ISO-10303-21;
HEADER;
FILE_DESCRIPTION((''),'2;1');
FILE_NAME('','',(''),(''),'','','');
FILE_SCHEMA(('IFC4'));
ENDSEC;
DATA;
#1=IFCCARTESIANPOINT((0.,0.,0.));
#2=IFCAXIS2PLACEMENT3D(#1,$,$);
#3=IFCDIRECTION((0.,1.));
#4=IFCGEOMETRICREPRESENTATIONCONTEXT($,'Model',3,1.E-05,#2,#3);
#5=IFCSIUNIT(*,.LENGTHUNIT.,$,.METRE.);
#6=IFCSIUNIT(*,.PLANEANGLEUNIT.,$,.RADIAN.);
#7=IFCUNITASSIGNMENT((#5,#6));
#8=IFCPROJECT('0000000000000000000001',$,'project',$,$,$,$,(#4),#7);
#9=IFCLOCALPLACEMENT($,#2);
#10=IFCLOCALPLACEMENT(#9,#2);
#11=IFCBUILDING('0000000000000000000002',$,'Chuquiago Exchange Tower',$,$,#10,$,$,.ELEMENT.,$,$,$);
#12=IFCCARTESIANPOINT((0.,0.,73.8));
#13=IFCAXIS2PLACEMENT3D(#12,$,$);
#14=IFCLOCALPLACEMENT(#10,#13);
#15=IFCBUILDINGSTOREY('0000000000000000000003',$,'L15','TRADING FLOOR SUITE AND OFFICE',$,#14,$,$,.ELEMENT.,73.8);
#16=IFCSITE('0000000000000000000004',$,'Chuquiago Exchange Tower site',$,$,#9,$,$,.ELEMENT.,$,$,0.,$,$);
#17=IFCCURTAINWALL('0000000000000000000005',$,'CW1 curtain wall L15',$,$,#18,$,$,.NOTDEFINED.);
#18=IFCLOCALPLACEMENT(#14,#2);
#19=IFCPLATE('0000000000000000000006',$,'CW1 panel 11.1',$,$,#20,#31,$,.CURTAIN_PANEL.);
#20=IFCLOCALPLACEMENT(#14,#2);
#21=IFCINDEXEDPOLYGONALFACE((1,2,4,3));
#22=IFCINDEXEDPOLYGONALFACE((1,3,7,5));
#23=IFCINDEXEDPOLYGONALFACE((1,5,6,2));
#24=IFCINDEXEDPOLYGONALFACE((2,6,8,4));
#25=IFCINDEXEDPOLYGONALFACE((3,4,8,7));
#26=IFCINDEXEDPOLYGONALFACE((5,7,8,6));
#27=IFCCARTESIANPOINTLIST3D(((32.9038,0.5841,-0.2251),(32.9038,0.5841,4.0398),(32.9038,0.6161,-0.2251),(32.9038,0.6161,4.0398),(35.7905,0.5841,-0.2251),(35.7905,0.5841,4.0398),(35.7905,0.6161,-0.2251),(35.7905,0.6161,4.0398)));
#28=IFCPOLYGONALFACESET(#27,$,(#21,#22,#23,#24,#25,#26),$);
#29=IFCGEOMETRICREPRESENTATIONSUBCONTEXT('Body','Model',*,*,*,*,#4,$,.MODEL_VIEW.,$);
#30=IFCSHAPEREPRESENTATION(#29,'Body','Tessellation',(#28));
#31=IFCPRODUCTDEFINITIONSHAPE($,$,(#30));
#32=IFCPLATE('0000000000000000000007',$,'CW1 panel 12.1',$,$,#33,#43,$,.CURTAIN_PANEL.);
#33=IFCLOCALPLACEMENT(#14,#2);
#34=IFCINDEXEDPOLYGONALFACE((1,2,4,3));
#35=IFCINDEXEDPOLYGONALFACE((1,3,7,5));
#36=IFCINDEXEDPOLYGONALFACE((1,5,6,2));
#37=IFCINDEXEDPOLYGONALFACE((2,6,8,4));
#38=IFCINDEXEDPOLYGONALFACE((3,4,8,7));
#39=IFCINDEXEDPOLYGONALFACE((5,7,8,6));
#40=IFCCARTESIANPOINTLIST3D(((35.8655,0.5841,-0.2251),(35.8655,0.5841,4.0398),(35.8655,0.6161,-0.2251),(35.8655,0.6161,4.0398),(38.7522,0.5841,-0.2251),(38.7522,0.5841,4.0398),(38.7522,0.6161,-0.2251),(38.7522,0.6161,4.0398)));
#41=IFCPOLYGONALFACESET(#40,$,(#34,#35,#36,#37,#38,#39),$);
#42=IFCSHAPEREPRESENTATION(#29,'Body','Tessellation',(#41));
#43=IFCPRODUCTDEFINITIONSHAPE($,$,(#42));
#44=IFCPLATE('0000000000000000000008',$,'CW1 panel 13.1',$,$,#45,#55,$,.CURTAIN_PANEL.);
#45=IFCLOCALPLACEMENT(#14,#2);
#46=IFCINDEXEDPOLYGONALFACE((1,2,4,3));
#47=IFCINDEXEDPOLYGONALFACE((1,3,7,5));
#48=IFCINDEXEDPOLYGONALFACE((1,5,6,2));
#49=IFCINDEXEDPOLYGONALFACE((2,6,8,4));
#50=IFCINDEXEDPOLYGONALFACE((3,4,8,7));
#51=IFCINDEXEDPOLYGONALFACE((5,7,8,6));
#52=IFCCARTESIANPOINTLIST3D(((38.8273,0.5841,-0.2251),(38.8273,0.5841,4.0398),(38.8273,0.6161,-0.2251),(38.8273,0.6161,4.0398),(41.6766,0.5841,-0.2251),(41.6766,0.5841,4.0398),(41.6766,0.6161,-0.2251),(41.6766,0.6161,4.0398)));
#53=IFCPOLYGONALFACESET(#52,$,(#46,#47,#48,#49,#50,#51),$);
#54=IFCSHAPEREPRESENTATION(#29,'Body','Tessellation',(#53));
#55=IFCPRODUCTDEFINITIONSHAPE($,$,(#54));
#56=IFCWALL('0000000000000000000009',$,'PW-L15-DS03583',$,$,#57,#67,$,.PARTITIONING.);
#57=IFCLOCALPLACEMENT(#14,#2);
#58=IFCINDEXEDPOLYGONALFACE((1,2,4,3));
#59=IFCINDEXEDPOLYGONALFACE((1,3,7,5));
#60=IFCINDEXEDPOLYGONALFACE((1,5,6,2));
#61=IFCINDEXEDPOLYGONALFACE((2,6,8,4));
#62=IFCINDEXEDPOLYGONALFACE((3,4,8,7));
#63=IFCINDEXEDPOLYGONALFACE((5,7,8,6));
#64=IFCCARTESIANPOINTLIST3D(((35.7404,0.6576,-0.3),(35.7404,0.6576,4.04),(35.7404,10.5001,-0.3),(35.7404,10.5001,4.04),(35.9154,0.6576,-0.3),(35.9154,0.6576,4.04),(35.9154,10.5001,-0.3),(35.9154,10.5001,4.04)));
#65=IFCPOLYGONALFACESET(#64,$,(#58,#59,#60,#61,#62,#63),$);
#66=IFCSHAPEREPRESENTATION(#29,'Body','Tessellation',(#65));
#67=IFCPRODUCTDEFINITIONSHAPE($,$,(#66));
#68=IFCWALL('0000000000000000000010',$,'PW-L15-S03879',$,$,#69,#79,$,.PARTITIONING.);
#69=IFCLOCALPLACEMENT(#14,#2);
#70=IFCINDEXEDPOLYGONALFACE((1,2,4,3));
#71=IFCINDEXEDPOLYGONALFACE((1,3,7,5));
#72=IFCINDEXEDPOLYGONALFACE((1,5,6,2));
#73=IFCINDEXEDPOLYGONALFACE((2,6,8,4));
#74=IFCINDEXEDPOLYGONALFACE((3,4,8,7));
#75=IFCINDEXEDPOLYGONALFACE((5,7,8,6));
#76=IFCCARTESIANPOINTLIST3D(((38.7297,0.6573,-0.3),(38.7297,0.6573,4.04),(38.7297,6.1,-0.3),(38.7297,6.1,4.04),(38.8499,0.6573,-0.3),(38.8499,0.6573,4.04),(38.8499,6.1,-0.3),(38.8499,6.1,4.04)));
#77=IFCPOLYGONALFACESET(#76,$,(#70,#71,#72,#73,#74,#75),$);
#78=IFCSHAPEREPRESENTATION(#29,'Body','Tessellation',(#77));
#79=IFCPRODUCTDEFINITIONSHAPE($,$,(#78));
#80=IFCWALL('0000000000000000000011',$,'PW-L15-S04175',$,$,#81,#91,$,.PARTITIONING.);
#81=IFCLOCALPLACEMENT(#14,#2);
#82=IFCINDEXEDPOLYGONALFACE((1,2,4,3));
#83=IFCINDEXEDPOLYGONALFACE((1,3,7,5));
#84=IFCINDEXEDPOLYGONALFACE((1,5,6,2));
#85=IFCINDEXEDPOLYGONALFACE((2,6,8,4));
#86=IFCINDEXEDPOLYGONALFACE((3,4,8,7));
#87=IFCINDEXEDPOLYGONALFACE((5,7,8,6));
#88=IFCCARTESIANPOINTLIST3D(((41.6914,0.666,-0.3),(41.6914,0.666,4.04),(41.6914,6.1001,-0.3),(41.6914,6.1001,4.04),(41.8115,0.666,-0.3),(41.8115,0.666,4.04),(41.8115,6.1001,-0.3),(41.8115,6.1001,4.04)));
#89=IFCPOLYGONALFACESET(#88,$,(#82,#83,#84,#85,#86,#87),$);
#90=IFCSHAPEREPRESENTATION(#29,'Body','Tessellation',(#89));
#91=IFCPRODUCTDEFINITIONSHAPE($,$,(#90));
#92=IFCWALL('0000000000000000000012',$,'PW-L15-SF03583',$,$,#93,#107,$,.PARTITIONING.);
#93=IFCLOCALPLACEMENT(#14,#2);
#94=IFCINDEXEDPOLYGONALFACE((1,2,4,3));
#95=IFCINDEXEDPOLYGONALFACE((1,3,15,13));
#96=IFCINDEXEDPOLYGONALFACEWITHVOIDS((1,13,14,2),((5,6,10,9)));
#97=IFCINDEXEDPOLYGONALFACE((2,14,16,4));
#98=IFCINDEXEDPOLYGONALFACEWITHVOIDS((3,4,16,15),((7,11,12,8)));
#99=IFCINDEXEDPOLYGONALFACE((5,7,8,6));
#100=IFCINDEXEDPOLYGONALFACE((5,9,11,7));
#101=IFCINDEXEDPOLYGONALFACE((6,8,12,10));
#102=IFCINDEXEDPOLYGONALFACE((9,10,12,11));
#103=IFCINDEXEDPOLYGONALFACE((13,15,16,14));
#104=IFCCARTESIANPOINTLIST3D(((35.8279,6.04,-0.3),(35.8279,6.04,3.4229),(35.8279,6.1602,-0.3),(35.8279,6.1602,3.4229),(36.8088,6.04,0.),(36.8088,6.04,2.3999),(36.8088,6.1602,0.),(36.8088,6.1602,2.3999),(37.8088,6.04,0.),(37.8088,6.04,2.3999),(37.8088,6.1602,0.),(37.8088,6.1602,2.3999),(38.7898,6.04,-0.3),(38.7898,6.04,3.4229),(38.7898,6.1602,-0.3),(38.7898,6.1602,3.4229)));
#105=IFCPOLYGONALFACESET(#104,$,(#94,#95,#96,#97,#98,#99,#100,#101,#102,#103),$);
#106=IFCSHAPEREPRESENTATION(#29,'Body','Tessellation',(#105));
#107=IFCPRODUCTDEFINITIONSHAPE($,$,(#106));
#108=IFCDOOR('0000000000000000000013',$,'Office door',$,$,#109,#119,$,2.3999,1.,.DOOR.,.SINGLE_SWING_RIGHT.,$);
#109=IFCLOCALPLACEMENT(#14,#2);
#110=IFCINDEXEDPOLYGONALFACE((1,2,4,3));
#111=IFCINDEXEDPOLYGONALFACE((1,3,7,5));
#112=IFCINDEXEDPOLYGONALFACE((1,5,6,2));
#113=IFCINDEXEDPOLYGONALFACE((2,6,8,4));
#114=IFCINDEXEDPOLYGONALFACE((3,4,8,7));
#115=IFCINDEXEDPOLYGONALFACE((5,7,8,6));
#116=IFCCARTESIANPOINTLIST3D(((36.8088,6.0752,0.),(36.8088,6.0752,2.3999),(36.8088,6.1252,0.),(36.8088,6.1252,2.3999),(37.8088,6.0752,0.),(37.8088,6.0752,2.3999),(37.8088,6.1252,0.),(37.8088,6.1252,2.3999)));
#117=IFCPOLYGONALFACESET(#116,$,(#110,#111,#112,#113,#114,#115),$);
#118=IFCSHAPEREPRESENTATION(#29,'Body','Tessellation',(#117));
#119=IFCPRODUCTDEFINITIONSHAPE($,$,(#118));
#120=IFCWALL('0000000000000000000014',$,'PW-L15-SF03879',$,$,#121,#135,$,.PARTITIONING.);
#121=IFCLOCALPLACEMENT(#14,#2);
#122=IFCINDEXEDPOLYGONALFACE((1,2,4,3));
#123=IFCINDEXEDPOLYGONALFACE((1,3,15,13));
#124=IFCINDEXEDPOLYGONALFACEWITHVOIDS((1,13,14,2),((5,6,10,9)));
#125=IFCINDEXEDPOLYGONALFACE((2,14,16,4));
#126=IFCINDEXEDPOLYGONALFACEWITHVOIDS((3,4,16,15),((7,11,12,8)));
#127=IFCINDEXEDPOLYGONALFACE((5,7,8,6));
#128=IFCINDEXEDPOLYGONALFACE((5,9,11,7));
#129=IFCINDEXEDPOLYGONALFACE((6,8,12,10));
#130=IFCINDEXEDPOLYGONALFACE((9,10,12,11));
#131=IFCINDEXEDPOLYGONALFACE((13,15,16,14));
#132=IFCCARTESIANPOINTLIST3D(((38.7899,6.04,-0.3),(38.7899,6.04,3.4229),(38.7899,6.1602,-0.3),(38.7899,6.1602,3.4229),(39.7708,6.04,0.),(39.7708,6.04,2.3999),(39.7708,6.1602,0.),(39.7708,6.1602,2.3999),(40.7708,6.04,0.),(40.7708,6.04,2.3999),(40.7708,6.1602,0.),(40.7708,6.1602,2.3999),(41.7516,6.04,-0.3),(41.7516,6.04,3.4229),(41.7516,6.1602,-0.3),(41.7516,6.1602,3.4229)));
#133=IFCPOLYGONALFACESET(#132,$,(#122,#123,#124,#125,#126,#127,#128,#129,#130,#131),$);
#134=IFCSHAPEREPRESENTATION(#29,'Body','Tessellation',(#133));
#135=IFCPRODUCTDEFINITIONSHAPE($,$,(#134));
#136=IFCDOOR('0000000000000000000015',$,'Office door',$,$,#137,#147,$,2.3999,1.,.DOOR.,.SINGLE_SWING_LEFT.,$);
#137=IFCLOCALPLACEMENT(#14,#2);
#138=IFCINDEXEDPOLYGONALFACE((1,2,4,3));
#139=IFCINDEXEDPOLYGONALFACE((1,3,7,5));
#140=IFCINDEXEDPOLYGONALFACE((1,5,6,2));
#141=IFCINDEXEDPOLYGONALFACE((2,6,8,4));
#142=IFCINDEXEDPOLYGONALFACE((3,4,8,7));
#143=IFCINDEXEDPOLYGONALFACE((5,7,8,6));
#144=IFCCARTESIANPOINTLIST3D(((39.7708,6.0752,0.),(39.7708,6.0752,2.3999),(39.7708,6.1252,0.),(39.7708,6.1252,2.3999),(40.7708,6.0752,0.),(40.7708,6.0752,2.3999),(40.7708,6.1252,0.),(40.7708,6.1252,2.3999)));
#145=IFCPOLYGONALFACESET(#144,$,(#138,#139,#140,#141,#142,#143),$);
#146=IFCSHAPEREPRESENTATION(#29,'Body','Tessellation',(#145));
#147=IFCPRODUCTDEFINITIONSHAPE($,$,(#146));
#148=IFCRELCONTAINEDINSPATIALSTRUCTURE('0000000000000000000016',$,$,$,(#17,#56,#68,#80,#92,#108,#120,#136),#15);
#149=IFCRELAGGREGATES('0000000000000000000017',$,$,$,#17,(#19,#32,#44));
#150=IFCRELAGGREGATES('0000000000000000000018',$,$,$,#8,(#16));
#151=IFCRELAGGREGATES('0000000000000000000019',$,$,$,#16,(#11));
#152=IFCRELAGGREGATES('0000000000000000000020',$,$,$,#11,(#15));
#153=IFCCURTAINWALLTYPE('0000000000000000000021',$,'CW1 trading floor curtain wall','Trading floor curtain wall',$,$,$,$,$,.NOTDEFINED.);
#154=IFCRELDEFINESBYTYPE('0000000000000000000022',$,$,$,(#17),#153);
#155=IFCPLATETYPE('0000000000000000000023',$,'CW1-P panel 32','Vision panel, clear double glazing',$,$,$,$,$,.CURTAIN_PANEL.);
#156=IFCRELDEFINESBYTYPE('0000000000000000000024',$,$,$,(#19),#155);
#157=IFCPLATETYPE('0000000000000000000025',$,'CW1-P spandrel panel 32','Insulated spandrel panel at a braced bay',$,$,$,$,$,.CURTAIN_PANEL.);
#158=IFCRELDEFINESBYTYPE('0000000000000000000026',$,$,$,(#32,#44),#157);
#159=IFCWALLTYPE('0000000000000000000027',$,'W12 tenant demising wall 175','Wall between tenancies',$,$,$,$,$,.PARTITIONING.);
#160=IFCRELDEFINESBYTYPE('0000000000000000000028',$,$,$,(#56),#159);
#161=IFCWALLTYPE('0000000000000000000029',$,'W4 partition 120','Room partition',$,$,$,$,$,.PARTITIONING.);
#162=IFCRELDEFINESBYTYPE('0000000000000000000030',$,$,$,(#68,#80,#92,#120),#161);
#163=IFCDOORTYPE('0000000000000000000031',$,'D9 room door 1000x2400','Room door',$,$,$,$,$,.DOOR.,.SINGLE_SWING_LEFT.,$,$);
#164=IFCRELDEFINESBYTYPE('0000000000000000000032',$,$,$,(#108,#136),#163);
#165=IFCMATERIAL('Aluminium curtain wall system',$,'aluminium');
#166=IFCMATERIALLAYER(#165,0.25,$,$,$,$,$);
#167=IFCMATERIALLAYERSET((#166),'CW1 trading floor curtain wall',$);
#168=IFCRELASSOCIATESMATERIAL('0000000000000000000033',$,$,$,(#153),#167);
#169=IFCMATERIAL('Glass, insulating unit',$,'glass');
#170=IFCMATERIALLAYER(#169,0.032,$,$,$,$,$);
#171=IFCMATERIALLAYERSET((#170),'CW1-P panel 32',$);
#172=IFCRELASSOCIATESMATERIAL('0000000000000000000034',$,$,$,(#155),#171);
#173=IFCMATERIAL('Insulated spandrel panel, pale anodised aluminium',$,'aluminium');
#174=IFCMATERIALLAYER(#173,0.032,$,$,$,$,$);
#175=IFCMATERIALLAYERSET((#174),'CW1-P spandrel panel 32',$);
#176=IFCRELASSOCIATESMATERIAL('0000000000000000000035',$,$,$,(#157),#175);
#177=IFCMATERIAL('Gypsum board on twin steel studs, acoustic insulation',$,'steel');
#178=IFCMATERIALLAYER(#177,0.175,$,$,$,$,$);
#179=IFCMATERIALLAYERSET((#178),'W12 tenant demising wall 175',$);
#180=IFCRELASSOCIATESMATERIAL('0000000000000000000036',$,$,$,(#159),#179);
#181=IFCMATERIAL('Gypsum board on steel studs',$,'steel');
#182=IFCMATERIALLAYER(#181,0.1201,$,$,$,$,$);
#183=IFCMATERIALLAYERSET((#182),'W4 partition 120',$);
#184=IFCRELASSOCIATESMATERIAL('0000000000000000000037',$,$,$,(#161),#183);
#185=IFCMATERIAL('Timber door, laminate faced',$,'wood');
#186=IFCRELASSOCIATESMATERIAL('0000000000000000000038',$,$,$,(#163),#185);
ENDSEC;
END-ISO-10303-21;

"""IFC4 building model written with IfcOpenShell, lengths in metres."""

from ifc_helpers import new_model, si_unit, direction, frame, frame_2d, origin, origin_2d, place, context, subcontext, project, spatial, rectangle, extrude, material, layer, layer_set, type_object, element, fill, aggregate, save


model = new_model("IFC4")

# Units and contexts
model_context = context("Model", 3, precision=1e-05, world=origin(), true_north=direction((0.0, 1.0)))
body_context = subcontext(model_context, "Body", "Model", "MODEL_VIEW")
ifc_project = project(units=[si_unit("LENGTHUNIT", "METRE"), si_unit("PLANEANGLEUNIT", "RADIAN")], contexts=[model_context])

# Site, building, storey
site_placement = place(None, origin())
site = spatial("IfcSite", under=ifc_project, at=site_placement, Name="Chuquiago Exchange Tower site", CompositionType="ELEMENT", RefElevation=0.0)
building_placement = place(site_placement, origin())
building = spatial("IfcBuilding", under=site, at=building_placement, Name="Chuquiago Exchange Tower", CompositionType="ELEMENT")
storey_placement = place(building_placement, frame((0.0, 0.0, 73.8)))
storey = spatial("IfcBuildingStorey", under=building, at=storey_placement, Name="L15", Description="TRADING FLOOR SUITE AND OFFICE", CompositionType="ELEMENT", Elevation=73.8)

# Curtain wall
ifc_material_1 = material(Name="Aluminium curtain wall system", Category="aluminium")
ifc_layer_1 = layer(ifc_material_1, 0.25)
ifc_layer_set_1 = layer_set([ifc_layer_1], Name="CW1 trading floor curtain wall")
curtain_wall_type_1 = type_object("IfcCurtainWallType", Name="CW1 trading floor curtain wall", Description="Trading floor curtain wall", PredefinedType="NOTDEFINED", material=ifc_layer_set_1)
curtain_wall_1_placement = place(storey_placement, origin())
curtain_wall_1 = element("IfcCurtainWall", 1, at=curtain_wall_1_placement, inside=storey, type_object=curtain_wall_type_1, Name="CW1 curtain wall L15", PredefinedType="NOTDEFINED")

# Plates
ifc_material_2 = material(Name="Glass, insulating unit", Category="glass")
ifc_layer_2 = layer(ifc_material_2, 0.032)
ifc_layer_set_2 = layer_set([ifc_layer_2], Name="CW1-P panel 32")
plate_type_1 = type_object("IfcPlateType", Name="CW1-P panel 32", Description="Vision panel, clear double glazing", PredefinedType="CURTAIN_PANEL", material=ifc_layer_set_2)
plate_1_placement = place(storey_placement, frame((34.3472, 0.6001, -0.2251), z_axis=(0.0, 0.0, 1.0), x_axis=(1.0, 0.0, 0.0)))
plate_1 = element("IfcPlate", 2, at=plate_1_placement, type_object=plate_type_1, Name="CW1 panel 11.1", PredefinedType="CURTAIN_PANEL", context=body_context, shape_type="SweptSolid", body=[
    extrude(rectangle(XDim=2.8867, YDim=0.032, at=origin_2d()), origin(), (0.0, 0.0, 1.0), 4.2649),
])
ifc_material_3 = material(Name="Insulated spandrel panel, pale anodised aluminium", Category="aluminium")
ifc_layer_3 = layer(ifc_material_3, 0.032)
ifc_layer_set_3 = layer_set([ifc_layer_3], Name="CW1-P spandrel panel 32")
plate_type_2 = type_object("IfcPlateType", Name="CW1-P spandrel panel 32", Description="Insulated spandrel panel at a braced bay", PredefinedType="CURTAIN_PANEL", material=ifc_layer_set_3)
plate_2_placement = place(storey_placement, frame((37.3088, 0.6001, -0.2251), z_axis=(0.0, 0.0, 1.0), x_axis=(1.0, 0.0, 0.0)))
plate_2 = element("IfcPlate", 3, at=plate_2_placement, type_object=plate_type_2, Name="CW1 panel 12.1", PredefinedType="CURTAIN_PANEL", context=body_context, shape_type="SweptSolid", body=[
    extrude(rectangle(XDim=2.8867, YDim=0.032, at=origin_2d()), origin(), (0.0, 0.0, 1.0), 4.2649),
])
plate_3_placement = place(storey_placement, frame((40.252, 0.6001, -0.2251), z_axis=(0.0, 0.0, 1.0), x_axis=(1.0, 0.0, 0.0)))
plate_3 = element("IfcPlate", 4, at=plate_3_placement, type_object=plate_type_2, Name="CW1 panel 13.1", PredefinedType="CURTAIN_PANEL", context=body_context, shape_type="SweptSolid", body=[
    extrude(rectangle(XDim=2.8494, YDim=0.032, at=origin_2d()), origin(), (0.0, 0.0, 1.0), 4.2649),
])
aggregate(curtain_wall_1, [plate_1, plate_2, plate_3])

# Walls
ifc_material_4 = material(Name="Gypsum board on twin steel studs, acoustic insulation", Category="steel")
ifc_layer_4 = layer(ifc_material_4, 0.175)
ifc_layer_set_4 = layer_set([ifc_layer_4], Name="W12 tenant demising wall 175")
wall_type_1 = type_object("IfcWallType", Name="W12 tenant demising wall 175", Description="Wall between tenancies", PredefinedType="PARTITIONING", material=ifc_layer_set_4)
wall_1_placement = place(storey_placement, frame((35.8279, 0.6575, -0.3), z_axis=(0.0, 0.0, 1.0), x_axis=(0.0, 1.0, 0.0)))
element("IfcWall", 5, at=wall_1_placement, inside=storey, type_object=wall_type_1, Name="PW-L15-DS03583", PredefinedType="PARTITIONING", context=body_context, shape_type="SweptSolid", body=[
    extrude(rectangle(XDim=9.8425, YDim=0.175, at=frame_2d((4.9214, 0.0))), origin(), (0.0, 0.0, 1.0), 4.3401),
])
ifc_material_5 = material(Name="Gypsum board on steel studs", Category="steel")
ifc_layer_5 = layer(ifc_material_5, 0.1201)
ifc_layer_set_5 = layer_set([ifc_layer_5], Name="W4 partition 120")
wall_type_2 = type_object("IfcWallType", Name="W4 partition 120", Description="Room partition", PredefinedType="PARTITIONING", material=ifc_layer_set_5)
wall_2_placement = place(storey_placement, frame((38.7898, 0.6575, -0.3), z_axis=(0.0, 0.0, 1.0), x_axis=(0.0, 1.0, 0.0)))
element("IfcWall", 6, at=wall_2_placement, inside=storey, type_object=wall_type_2, Name="PW-L15-S03879", PredefinedType="PARTITIONING", context=body_context, shape_type="SweptSolid", body=[
    extrude(rectangle(XDim=5.4426, YDim=0.1201, at=frame_2d((2.7212, 0.0))), origin(), (0.0, 0.0, 1.0), 4.3401),
])
wall_3_placement = place(storey_placement, frame((41.7515, 0.666, -0.3), z_axis=(0.0, 0.0, 1.0), x_axis=(0.0, 1.0, 0.0)))
element("IfcWall", 7, at=wall_3_placement, inside=storey, type_object=wall_type_2, Name="PW-L15-S04175", PredefinedType="PARTITIONING", context=body_context, shape_type="SweptSolid", body=[
    extrude(rectangle(XDim=5.4341, YDim=0.1201, at=frame_2d((2.717, 0.0))), origin(), (0.0, 0.0, 1.0), 4.3401),
])

# Walls, openings, doors
wall_4_placement = place(storey_placement, frame((35.8279, 6.1001, -0.3), z_axis=(0.0, 0.0, 1.0), x_axis=(1.0, 0.0, 0.0)))
wall_4 = element("IfcWall", 8, at=wall_4_placement, inside=storey, type_object=wall_type_2, Name="PW-L15-SF03583", PredefinedType="PARTITIONING", context=body_context, shape_type="SweptSolid", body=[
    extrude(rectangle(XDim=2.9619, YDim=0.1201, at=frame_2d((1.481, 0.0))), origin(), (0.0, 0.0, 1.0), 3.7229),
])
opening_1_placement = place(wall_4_placement, frame((0.981, 0.0, 0.3)))
opening_1 = element("IfcOpeningElement", 9, at=opening_1_placement, cuts=wall_4, PredefinedType="OPENING", context=body_context, shape_type="SweptSolid", body=[
    extrude(rectangle(XDim=1.0, YDim=2.3999, at=frame_2d((0.5, 1.2))), frame((0.0, 0.0701, 0.0), z_axis=(0.0, -1.0, 0.0), x_axis=(1.0, 0.0, 0.0)), (0.0, 0.0, 1.0), 0.1401),
])
ifc_material_6 = material(Name="Timber door, laminate faced", Category="wood")
door_type = type_object("IfcDoorType", Name="D9 room door 1000x2400", Description="Room door", OperationType="SINGLE_SWING_LEFT", PredefinedType="DOOR", material=ifc_material_6)
door_1_placement = place(opening_1_placement, frame((1.0, 0.0, 0.0), z_axis=(0.0, 0.0, 1.0), x_axis=(-1.0, 0.0, 0.0)))
door_1 = element("IfcDoor", 10, at=door_1_placement, inside=storey, type_object=door_type, Name="Office door", OperationType="SINGLE_SWING_RIGHT", OverallHeight=2.3999, OverallWidth=1.0, PredefinedType="DOOR", context=body_context, shape_type="SweptSolid", body=[
    extrude(rectangle(XDim=1.0, YDim=2.3999, at=frame_2d((0.5, 1.2))), frame((0.0, 0.0249, 0.0), z_axis=(0.0, -1.0, 0.0), x_axis=(1.0, 0.0, 0.0)), (0.0, 0.0, 1.0), 0.05),
])
fill(opening_1, door_1)
wall_5_placement = place(storey_placement, frame((38.7898, 6.1001, -0.3), z_axis=(0.0, 0.0, 1.0), x_axis=(1.0, 0.0, 0.0)))
wall_5 = element("IfcWall", 11, at=wall_5_placement, inside=storey, type_object=wall_type_2, Name="PW-L15-SF03879", PredefinedType="PARTITIONING", context=body_context, shape_type="SweptSolid", body=[
    extrude(rectangle(XDim=2.9617, YDim=0.1201, at=frame_2d((1.481, 0.0))), origin(), (0.0, 0.0, 1.0), 3.7229),
])
opening_2_placement = place(wall_5_placement, frame((0.981, 0.0, 0.3)))
opening_2 = element("IfcOpeningElement", 12, at=opening_2_placement, cuts=wall_5, PredefinedType="OPENING", context=body_context, shape_type="SweptSolid", body=[
    extrude(rectangle(XDim=1.0, YDim=2.3999, at=frame_2d((0.5, 1.2))), frame((0.0, 0.0701, 0.0), z_axis=(0.0, -1.0, 0.0), x_axis=(1.0, 0.0, 0.0)), (0.0, 0.0, 1.0), 0.1401),
])
door_2_placement = place(opening_2_placement, frame((1.0, 0.0, 0.0), z_axis=(0.0, 0.0, 1.0), x_axis=(-1.0, 0.0, 0.0)))
door_2 = element("IfcDoor", 13, at=door_2_placement, inside=storey, type_object=door_type, Name="Office door", OperationType="SINGLE_SWING_LEFT", OverallHeight=2.3999, OverallWidth=1.0, PredefinedType="DOOR", context=body_context, shape_type="SweptSolid", body=[
    extrude(rectangle(XDim=1.0, YDim=2.3999, at=frame_2d((0.5, 1.2))), frame((0.0, 0.0249, 0.0), z_axis=(0.0, -1.0, 0.0), x_axis=(1.0, 0.0, 0.0)), (0.0, 0.0, 1.0), 0.05),
])
fill(opening_2, door_2)

save(model, "model.ifc")
